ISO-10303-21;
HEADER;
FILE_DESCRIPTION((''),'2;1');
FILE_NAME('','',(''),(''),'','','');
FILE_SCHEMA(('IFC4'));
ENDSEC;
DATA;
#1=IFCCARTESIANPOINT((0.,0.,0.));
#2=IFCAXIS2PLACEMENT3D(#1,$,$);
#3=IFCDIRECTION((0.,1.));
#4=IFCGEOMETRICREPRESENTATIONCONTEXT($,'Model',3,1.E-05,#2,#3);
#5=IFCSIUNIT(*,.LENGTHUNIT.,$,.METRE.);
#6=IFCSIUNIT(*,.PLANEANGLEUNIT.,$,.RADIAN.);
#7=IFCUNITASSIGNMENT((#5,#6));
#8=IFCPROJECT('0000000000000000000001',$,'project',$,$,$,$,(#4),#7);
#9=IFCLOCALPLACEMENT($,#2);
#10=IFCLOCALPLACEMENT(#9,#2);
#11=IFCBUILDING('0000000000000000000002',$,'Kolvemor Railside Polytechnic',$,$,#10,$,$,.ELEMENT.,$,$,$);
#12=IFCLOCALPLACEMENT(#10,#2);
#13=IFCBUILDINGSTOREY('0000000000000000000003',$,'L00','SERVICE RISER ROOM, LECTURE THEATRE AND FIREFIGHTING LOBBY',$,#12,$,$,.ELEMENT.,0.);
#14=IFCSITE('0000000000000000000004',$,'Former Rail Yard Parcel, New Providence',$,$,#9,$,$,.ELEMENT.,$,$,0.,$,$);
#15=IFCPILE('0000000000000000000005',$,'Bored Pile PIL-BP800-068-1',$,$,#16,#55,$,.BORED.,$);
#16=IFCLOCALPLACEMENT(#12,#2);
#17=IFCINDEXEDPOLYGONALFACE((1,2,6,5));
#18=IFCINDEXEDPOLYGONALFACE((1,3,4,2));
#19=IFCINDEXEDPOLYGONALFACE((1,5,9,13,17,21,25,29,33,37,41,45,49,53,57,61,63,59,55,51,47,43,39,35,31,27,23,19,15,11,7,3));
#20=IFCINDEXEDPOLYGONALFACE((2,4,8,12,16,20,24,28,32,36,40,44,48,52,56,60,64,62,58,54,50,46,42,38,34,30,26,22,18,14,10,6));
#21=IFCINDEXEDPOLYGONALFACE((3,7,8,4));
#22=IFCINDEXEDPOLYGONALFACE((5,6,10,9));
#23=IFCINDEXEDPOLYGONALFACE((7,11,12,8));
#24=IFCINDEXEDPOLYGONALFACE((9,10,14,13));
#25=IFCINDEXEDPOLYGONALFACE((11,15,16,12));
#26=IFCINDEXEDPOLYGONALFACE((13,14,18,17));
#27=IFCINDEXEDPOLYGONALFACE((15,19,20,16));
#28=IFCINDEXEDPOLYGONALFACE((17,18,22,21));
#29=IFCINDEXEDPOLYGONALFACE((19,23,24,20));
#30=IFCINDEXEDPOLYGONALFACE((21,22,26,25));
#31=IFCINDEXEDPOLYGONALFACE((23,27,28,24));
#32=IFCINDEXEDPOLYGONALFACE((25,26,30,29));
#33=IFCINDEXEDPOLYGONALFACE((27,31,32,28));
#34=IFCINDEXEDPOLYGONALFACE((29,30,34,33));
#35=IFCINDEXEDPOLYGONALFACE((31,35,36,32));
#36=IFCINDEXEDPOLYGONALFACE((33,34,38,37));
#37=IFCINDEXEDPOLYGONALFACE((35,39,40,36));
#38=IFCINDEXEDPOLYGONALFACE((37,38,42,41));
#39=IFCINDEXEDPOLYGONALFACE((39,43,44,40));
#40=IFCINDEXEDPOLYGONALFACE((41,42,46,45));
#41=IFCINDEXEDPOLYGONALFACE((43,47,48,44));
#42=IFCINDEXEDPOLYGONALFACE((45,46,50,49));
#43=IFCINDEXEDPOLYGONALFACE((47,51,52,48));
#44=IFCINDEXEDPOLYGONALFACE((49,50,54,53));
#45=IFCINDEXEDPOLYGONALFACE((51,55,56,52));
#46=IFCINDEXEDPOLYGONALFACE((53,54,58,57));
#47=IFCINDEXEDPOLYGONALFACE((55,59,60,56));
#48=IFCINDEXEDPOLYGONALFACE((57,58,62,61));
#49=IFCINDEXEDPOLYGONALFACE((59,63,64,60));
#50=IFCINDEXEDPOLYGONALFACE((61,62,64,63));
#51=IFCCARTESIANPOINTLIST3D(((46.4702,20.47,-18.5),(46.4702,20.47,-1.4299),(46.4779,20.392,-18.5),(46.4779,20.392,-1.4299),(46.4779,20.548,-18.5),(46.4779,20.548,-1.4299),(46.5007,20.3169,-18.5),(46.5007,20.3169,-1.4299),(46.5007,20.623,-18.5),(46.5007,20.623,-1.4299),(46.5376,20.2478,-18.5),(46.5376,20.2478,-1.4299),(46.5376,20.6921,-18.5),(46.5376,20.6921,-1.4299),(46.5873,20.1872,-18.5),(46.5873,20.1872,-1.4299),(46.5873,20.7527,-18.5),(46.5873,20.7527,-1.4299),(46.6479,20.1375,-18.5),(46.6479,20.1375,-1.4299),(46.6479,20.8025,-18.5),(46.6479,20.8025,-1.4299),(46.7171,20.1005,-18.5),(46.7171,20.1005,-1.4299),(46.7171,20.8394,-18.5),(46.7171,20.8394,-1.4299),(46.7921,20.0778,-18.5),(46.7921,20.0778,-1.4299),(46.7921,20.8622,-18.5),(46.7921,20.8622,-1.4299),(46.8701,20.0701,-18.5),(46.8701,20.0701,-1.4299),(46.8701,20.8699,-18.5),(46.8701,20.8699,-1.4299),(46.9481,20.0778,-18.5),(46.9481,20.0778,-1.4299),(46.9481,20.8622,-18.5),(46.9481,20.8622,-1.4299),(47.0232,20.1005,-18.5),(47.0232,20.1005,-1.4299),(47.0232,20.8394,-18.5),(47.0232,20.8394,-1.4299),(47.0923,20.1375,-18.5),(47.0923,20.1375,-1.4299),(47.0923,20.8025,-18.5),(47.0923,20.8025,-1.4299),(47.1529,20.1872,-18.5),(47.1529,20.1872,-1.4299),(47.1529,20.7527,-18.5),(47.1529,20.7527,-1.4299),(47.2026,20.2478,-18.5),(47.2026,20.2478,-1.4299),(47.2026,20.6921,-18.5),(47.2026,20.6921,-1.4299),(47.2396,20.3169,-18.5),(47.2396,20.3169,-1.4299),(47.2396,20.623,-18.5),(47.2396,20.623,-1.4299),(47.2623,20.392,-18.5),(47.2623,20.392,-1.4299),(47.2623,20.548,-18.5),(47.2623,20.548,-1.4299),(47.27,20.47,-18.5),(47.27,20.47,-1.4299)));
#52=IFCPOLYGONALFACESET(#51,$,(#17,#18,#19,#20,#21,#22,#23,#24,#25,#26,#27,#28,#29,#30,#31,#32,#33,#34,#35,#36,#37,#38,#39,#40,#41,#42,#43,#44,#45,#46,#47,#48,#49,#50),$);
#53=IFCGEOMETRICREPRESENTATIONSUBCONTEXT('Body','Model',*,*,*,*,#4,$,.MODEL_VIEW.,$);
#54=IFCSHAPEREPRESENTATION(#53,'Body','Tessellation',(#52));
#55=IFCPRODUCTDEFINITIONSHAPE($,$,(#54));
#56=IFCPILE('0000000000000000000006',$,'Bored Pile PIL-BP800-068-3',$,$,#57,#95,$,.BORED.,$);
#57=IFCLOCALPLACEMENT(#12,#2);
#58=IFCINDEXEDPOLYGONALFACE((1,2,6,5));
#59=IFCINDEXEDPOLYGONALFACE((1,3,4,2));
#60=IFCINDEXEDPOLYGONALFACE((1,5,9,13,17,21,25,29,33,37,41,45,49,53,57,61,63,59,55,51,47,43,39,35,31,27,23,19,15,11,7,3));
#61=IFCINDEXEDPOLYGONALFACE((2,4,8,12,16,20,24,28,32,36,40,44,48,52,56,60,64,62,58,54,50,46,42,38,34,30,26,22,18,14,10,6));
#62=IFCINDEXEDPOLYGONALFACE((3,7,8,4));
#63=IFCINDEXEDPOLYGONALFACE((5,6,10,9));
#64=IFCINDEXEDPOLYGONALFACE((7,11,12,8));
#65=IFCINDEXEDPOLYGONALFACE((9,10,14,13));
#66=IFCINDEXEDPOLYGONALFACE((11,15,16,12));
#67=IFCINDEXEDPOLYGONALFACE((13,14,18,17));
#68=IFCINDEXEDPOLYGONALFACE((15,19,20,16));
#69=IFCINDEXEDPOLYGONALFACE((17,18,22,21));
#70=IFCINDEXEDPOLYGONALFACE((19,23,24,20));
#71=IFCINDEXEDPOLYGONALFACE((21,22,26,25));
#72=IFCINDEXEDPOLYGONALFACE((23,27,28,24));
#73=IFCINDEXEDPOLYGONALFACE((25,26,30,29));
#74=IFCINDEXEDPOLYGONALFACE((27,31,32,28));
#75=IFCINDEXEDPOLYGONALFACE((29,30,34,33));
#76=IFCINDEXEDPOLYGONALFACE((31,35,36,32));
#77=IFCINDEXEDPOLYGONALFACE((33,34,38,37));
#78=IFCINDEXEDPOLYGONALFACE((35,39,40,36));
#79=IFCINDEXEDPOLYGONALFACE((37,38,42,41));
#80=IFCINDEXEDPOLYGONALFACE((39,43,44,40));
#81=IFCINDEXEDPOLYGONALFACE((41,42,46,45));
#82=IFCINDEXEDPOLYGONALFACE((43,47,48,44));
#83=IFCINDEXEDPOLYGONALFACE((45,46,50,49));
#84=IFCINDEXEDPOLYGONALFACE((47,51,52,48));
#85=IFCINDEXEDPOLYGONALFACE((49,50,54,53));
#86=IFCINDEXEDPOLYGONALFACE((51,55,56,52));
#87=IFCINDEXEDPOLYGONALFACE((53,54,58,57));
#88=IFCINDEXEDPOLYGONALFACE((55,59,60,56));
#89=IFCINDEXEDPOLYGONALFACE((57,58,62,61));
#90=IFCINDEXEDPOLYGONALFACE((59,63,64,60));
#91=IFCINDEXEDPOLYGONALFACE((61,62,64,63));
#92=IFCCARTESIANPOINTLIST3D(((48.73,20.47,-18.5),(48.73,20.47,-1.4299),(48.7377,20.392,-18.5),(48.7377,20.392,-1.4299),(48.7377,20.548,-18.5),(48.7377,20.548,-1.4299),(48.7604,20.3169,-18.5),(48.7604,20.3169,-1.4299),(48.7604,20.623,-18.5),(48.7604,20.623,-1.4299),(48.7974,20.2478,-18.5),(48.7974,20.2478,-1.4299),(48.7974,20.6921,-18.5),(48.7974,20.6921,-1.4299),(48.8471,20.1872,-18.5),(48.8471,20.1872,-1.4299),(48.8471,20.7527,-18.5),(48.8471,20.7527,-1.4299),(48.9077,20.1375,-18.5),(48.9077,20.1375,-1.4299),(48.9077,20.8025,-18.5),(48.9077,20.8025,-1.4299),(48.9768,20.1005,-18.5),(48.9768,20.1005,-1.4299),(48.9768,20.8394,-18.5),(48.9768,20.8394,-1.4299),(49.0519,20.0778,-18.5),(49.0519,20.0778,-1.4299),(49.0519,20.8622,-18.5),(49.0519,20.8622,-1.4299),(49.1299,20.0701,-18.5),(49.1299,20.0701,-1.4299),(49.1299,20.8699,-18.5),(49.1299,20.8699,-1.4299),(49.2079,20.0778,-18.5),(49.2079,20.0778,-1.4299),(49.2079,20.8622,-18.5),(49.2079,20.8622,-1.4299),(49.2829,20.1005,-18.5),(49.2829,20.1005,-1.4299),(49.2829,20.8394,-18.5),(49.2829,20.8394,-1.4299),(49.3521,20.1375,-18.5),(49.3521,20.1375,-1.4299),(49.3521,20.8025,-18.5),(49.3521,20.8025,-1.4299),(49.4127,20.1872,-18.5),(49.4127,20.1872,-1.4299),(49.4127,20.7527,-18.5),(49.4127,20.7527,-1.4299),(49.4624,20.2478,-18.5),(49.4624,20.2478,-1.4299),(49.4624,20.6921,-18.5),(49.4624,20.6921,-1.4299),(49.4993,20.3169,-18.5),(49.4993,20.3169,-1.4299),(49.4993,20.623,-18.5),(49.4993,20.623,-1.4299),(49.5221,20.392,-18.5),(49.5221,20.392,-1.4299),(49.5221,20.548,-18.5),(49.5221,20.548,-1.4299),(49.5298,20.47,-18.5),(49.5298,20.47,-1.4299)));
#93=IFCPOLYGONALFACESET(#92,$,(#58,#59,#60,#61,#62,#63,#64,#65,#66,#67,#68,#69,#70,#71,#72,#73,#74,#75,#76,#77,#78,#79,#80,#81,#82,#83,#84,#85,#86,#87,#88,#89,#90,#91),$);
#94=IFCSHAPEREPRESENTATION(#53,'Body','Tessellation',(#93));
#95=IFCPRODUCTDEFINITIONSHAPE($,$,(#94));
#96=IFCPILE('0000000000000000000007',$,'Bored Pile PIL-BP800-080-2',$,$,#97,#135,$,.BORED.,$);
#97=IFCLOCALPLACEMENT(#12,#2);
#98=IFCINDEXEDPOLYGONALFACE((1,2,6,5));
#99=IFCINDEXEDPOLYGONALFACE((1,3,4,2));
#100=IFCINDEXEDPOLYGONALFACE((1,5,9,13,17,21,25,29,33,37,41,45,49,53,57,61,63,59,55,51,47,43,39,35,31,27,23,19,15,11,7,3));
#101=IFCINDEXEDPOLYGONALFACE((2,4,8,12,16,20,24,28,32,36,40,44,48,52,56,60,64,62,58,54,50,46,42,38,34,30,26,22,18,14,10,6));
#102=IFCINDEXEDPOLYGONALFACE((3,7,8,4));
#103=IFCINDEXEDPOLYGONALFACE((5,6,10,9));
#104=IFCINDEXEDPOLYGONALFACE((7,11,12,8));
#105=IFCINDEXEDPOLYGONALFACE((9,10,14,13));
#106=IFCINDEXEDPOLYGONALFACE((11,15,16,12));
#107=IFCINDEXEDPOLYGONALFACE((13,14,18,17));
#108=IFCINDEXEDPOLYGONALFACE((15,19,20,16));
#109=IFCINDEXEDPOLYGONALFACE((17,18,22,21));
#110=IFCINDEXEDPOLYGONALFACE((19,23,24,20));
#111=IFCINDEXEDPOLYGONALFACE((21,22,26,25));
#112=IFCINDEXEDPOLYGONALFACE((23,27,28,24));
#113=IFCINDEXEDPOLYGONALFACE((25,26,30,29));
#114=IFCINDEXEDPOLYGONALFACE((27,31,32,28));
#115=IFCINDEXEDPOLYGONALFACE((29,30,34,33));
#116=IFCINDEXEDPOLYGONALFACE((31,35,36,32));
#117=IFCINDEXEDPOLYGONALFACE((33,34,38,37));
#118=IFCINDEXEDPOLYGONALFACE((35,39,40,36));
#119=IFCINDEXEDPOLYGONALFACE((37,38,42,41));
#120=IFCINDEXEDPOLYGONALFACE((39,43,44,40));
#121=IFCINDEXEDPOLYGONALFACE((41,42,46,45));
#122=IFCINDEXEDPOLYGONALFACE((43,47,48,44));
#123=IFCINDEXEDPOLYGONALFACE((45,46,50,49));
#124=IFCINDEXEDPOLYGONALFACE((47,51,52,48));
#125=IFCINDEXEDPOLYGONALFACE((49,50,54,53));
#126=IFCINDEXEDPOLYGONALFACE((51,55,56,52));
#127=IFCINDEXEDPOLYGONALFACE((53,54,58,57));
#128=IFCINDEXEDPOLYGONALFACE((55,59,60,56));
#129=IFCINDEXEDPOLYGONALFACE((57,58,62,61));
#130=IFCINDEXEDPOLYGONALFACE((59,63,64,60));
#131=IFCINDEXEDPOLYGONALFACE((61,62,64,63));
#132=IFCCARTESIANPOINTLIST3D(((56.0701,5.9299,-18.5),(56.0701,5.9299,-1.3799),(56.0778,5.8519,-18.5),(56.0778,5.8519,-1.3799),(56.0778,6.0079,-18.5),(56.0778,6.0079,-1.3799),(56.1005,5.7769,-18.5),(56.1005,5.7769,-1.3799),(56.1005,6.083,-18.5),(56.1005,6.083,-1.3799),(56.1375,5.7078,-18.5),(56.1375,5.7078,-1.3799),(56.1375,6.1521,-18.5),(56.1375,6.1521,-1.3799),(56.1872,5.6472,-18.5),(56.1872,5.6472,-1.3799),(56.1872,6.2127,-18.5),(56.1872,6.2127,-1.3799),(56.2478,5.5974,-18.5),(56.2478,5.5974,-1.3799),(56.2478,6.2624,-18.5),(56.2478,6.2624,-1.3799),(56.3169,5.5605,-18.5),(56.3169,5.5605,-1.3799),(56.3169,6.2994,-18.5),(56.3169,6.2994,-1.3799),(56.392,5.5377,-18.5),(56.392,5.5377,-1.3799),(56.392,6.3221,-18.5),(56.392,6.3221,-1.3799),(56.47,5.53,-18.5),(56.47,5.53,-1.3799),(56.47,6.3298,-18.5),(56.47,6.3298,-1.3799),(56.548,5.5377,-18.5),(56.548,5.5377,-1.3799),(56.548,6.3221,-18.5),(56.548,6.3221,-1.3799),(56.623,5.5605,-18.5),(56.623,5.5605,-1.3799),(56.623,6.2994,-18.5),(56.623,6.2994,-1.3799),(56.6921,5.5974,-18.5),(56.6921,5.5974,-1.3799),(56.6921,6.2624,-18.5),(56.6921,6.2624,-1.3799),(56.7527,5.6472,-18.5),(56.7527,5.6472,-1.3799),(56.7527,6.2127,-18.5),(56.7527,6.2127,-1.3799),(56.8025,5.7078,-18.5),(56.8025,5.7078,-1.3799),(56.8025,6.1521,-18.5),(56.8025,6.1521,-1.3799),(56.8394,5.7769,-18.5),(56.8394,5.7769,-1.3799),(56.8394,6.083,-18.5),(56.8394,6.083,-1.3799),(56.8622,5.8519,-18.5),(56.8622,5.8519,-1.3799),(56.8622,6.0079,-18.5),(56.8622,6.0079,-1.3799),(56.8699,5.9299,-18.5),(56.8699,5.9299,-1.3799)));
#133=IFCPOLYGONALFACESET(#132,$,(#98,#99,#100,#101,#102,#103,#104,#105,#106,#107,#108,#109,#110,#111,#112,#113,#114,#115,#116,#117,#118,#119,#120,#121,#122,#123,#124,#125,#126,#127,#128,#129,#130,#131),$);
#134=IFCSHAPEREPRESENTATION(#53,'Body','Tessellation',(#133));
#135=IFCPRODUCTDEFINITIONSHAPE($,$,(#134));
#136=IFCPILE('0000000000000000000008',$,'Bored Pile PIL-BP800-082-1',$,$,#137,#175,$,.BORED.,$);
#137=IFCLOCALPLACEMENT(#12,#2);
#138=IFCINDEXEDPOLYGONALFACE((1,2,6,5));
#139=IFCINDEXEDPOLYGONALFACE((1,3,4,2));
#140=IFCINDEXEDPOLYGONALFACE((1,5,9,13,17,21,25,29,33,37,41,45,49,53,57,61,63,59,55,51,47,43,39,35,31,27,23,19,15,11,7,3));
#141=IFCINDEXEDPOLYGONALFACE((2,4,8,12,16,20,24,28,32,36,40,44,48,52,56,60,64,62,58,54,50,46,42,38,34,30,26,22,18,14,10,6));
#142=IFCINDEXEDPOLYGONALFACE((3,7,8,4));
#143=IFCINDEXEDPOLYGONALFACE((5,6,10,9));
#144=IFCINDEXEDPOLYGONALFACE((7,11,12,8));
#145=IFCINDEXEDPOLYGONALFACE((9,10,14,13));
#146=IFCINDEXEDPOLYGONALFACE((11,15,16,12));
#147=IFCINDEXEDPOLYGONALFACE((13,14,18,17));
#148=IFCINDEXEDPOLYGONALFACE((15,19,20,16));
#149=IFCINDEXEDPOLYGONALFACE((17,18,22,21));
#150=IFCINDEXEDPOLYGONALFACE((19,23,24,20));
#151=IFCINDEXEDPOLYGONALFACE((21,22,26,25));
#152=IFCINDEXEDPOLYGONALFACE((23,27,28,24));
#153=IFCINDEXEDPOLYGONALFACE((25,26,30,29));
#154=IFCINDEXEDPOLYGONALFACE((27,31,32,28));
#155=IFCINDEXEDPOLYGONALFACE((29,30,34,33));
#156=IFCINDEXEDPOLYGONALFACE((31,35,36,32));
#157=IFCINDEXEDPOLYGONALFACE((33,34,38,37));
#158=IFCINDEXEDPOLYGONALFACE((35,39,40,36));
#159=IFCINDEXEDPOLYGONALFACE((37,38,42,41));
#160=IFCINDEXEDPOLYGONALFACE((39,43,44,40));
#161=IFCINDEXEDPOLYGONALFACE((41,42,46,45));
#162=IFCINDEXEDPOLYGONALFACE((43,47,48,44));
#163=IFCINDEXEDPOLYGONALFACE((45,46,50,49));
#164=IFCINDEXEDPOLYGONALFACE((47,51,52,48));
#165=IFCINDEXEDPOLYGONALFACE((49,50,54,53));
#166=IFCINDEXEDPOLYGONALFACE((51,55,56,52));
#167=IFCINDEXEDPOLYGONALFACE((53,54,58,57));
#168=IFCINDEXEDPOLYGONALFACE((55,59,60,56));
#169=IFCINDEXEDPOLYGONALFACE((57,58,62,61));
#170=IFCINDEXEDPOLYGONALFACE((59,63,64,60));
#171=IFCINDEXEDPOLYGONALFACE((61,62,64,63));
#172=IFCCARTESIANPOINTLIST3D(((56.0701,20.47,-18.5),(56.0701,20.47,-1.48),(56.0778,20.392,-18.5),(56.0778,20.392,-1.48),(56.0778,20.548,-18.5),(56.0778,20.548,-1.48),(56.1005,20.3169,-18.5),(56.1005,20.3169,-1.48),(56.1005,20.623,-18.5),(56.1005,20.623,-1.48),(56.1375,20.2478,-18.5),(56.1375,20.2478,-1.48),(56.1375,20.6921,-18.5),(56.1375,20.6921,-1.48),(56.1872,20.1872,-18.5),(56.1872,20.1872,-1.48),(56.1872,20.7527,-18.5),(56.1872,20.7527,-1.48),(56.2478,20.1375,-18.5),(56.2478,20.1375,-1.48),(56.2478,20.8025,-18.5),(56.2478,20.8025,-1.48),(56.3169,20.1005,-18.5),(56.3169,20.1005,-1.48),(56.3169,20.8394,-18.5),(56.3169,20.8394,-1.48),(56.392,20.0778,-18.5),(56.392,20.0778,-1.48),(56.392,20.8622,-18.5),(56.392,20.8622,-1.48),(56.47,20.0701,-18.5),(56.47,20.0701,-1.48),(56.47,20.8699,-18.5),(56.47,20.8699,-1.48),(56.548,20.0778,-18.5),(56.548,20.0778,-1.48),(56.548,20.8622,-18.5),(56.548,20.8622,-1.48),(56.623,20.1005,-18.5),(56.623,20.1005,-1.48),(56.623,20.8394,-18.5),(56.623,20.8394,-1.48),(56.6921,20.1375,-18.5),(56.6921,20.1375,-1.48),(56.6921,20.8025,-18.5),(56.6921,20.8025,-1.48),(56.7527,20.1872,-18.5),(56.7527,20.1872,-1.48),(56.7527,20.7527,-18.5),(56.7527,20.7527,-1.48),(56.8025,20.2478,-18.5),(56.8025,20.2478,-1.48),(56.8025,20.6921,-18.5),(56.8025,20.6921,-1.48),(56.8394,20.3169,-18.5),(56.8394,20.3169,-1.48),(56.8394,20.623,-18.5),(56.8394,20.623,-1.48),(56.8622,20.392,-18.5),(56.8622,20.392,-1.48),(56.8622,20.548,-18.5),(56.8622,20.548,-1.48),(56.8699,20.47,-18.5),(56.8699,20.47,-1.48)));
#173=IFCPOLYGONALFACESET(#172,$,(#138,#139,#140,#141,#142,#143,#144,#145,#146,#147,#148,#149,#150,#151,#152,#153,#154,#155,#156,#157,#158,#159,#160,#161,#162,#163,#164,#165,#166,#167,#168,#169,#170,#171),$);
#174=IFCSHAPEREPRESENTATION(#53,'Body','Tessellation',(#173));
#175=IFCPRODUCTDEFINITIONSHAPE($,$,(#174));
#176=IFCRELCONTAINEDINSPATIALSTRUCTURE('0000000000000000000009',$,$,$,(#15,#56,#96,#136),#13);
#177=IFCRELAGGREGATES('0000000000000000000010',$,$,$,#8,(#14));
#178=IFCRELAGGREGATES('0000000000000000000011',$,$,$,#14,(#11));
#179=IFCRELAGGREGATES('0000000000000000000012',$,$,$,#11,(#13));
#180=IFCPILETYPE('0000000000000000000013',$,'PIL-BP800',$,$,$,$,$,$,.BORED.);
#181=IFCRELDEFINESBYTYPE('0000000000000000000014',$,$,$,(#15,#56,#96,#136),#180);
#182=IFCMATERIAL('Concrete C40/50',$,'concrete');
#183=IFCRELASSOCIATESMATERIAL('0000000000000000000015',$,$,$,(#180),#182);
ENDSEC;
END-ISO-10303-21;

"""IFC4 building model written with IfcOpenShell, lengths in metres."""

from ifc_helpers import new_model, si_unit, direction, frame, origin, origin_2d, place, context, subcontext, project, spatial, circle, extrude, material, material_profile, profile_set, type_object, element, save


model = new_model("IFC4")

# Units and contexts
model_context = context("Model", 3, precision=1e-05, world=origin(), true_north=direction((0.0, 1.0)))
body_context = subcontext(model_context, "Body", "Model", "MODEL_VIEW")
ifc_project = project(units=[si_unit("LENGTHUNIT", "METRE"), si_unit("PLANEANGLEUNIT", "RADIAN")], contexts=[model_context])

# Site, building, storey
site_placement = place(None, origin())
site = spatial("IfcSite", under=ifc_project, at=site_placement, Name="Former Rail Yard Parcel, New Providence", CompositionType="ELEMENT", RefElevation=0.0)
building_placement = place(site_placement, origin())
building = spatial("IfcBuilding", under=site, at=building_placement, Name="Kolvemor Railside Polytechnic", CompositionType="ELEMENT")
storey_placement = place(building_placement, origin())
storey = spatial("IfcBuildingStorey", under=building, at=storey_placement, Name="L00", Description="SERVICE RISER ROOM, LECTURE THEATRE AND FIREFIGHTING LOBBY", CompositionType="ELEMENT", Elevation=0.0)

# Piles
ifc_material_1 = material(Name="Concrete C40/50", Category="concrete")
ifc_material_profile_1 = material_profile(ifc_material_1, circle(Radius=0.3999, at=origin_2d()), Name="BP800")
ifc_profile_set_1 = profile_set([ifc_material_profile_1], Name="Concrete C40/50")
pile_type_1 = type_object("IfcPileType", Name="PIL-BP800", PredefinedType="BORED", material=ifc_profile_set_1)
for number, where, z_axis, x_axis, name in (
    (1, (46.8701, 20.47, -1.4299), (0.0, 0.0, -1.0), (1.0, 0.0, 0.0), "Bored Pile PIL-BP800-068-1"),
    (2, (49.1299, 20.47, -1.4299), (0.0, 0.0, -1.0), (1.0, 0.0, 0.0), "Bored Pile PIL-BP800-068-3"),
):
    element("IfcPile", number, at=place(storey_placement, frame(where, z_axis=z_axis, x_axis=x_axis)), inside=storey, type_object=pile_type_1, Name=name, PredefinedType="BORED", context=body_context, shape_type="SweptSolid", body=[
        extrude(circle(Radius=0.3999, at=origin_2d()), origin(), (0.0, 0.0, 1.0), 17.0701),
    ])
pile_1_placement = place(storey_placement, frame((56.47, 5.9299, -1.3799), z_axis=(0.0, 0.0, -1.0), x_axis=(1.0, 0.0, 0.0)))
element("IfcPile", 3, at=pile_1_placement, inside=storey, type_object=pile_type_1, Name="Bored Pile PIL-BP800-080-2", PredefinedType="BORED", context=body_context, shape_type="SweptSolid", body=[
    extrude(circle(Radius=0.3999, at=origin_2d()), origin(), (0.0, 0.0, 1.0), 17.1201),
])
pile_2_placement = place(storey_placement, frame((56.47, 20.47, -1.48), z_axis=(0.0, 0.0, -1.0), x_axis=(1.0, 0.0, 0.0)))
element("IfcPile", 4, at=pile_2_placement, inside=storey, type_object=pile_type_1, Name="Bored Pile PIL-BP800-082-1", PredefinedType="BORED", context=body_context, shape_type="SweptSolid", body=[
    extrude(circle(Radius=0.3999, at=origin_2d()), origin(), (0.0, 0.0, 1.0), 17.02),
])

save(model, "model.ifc")
